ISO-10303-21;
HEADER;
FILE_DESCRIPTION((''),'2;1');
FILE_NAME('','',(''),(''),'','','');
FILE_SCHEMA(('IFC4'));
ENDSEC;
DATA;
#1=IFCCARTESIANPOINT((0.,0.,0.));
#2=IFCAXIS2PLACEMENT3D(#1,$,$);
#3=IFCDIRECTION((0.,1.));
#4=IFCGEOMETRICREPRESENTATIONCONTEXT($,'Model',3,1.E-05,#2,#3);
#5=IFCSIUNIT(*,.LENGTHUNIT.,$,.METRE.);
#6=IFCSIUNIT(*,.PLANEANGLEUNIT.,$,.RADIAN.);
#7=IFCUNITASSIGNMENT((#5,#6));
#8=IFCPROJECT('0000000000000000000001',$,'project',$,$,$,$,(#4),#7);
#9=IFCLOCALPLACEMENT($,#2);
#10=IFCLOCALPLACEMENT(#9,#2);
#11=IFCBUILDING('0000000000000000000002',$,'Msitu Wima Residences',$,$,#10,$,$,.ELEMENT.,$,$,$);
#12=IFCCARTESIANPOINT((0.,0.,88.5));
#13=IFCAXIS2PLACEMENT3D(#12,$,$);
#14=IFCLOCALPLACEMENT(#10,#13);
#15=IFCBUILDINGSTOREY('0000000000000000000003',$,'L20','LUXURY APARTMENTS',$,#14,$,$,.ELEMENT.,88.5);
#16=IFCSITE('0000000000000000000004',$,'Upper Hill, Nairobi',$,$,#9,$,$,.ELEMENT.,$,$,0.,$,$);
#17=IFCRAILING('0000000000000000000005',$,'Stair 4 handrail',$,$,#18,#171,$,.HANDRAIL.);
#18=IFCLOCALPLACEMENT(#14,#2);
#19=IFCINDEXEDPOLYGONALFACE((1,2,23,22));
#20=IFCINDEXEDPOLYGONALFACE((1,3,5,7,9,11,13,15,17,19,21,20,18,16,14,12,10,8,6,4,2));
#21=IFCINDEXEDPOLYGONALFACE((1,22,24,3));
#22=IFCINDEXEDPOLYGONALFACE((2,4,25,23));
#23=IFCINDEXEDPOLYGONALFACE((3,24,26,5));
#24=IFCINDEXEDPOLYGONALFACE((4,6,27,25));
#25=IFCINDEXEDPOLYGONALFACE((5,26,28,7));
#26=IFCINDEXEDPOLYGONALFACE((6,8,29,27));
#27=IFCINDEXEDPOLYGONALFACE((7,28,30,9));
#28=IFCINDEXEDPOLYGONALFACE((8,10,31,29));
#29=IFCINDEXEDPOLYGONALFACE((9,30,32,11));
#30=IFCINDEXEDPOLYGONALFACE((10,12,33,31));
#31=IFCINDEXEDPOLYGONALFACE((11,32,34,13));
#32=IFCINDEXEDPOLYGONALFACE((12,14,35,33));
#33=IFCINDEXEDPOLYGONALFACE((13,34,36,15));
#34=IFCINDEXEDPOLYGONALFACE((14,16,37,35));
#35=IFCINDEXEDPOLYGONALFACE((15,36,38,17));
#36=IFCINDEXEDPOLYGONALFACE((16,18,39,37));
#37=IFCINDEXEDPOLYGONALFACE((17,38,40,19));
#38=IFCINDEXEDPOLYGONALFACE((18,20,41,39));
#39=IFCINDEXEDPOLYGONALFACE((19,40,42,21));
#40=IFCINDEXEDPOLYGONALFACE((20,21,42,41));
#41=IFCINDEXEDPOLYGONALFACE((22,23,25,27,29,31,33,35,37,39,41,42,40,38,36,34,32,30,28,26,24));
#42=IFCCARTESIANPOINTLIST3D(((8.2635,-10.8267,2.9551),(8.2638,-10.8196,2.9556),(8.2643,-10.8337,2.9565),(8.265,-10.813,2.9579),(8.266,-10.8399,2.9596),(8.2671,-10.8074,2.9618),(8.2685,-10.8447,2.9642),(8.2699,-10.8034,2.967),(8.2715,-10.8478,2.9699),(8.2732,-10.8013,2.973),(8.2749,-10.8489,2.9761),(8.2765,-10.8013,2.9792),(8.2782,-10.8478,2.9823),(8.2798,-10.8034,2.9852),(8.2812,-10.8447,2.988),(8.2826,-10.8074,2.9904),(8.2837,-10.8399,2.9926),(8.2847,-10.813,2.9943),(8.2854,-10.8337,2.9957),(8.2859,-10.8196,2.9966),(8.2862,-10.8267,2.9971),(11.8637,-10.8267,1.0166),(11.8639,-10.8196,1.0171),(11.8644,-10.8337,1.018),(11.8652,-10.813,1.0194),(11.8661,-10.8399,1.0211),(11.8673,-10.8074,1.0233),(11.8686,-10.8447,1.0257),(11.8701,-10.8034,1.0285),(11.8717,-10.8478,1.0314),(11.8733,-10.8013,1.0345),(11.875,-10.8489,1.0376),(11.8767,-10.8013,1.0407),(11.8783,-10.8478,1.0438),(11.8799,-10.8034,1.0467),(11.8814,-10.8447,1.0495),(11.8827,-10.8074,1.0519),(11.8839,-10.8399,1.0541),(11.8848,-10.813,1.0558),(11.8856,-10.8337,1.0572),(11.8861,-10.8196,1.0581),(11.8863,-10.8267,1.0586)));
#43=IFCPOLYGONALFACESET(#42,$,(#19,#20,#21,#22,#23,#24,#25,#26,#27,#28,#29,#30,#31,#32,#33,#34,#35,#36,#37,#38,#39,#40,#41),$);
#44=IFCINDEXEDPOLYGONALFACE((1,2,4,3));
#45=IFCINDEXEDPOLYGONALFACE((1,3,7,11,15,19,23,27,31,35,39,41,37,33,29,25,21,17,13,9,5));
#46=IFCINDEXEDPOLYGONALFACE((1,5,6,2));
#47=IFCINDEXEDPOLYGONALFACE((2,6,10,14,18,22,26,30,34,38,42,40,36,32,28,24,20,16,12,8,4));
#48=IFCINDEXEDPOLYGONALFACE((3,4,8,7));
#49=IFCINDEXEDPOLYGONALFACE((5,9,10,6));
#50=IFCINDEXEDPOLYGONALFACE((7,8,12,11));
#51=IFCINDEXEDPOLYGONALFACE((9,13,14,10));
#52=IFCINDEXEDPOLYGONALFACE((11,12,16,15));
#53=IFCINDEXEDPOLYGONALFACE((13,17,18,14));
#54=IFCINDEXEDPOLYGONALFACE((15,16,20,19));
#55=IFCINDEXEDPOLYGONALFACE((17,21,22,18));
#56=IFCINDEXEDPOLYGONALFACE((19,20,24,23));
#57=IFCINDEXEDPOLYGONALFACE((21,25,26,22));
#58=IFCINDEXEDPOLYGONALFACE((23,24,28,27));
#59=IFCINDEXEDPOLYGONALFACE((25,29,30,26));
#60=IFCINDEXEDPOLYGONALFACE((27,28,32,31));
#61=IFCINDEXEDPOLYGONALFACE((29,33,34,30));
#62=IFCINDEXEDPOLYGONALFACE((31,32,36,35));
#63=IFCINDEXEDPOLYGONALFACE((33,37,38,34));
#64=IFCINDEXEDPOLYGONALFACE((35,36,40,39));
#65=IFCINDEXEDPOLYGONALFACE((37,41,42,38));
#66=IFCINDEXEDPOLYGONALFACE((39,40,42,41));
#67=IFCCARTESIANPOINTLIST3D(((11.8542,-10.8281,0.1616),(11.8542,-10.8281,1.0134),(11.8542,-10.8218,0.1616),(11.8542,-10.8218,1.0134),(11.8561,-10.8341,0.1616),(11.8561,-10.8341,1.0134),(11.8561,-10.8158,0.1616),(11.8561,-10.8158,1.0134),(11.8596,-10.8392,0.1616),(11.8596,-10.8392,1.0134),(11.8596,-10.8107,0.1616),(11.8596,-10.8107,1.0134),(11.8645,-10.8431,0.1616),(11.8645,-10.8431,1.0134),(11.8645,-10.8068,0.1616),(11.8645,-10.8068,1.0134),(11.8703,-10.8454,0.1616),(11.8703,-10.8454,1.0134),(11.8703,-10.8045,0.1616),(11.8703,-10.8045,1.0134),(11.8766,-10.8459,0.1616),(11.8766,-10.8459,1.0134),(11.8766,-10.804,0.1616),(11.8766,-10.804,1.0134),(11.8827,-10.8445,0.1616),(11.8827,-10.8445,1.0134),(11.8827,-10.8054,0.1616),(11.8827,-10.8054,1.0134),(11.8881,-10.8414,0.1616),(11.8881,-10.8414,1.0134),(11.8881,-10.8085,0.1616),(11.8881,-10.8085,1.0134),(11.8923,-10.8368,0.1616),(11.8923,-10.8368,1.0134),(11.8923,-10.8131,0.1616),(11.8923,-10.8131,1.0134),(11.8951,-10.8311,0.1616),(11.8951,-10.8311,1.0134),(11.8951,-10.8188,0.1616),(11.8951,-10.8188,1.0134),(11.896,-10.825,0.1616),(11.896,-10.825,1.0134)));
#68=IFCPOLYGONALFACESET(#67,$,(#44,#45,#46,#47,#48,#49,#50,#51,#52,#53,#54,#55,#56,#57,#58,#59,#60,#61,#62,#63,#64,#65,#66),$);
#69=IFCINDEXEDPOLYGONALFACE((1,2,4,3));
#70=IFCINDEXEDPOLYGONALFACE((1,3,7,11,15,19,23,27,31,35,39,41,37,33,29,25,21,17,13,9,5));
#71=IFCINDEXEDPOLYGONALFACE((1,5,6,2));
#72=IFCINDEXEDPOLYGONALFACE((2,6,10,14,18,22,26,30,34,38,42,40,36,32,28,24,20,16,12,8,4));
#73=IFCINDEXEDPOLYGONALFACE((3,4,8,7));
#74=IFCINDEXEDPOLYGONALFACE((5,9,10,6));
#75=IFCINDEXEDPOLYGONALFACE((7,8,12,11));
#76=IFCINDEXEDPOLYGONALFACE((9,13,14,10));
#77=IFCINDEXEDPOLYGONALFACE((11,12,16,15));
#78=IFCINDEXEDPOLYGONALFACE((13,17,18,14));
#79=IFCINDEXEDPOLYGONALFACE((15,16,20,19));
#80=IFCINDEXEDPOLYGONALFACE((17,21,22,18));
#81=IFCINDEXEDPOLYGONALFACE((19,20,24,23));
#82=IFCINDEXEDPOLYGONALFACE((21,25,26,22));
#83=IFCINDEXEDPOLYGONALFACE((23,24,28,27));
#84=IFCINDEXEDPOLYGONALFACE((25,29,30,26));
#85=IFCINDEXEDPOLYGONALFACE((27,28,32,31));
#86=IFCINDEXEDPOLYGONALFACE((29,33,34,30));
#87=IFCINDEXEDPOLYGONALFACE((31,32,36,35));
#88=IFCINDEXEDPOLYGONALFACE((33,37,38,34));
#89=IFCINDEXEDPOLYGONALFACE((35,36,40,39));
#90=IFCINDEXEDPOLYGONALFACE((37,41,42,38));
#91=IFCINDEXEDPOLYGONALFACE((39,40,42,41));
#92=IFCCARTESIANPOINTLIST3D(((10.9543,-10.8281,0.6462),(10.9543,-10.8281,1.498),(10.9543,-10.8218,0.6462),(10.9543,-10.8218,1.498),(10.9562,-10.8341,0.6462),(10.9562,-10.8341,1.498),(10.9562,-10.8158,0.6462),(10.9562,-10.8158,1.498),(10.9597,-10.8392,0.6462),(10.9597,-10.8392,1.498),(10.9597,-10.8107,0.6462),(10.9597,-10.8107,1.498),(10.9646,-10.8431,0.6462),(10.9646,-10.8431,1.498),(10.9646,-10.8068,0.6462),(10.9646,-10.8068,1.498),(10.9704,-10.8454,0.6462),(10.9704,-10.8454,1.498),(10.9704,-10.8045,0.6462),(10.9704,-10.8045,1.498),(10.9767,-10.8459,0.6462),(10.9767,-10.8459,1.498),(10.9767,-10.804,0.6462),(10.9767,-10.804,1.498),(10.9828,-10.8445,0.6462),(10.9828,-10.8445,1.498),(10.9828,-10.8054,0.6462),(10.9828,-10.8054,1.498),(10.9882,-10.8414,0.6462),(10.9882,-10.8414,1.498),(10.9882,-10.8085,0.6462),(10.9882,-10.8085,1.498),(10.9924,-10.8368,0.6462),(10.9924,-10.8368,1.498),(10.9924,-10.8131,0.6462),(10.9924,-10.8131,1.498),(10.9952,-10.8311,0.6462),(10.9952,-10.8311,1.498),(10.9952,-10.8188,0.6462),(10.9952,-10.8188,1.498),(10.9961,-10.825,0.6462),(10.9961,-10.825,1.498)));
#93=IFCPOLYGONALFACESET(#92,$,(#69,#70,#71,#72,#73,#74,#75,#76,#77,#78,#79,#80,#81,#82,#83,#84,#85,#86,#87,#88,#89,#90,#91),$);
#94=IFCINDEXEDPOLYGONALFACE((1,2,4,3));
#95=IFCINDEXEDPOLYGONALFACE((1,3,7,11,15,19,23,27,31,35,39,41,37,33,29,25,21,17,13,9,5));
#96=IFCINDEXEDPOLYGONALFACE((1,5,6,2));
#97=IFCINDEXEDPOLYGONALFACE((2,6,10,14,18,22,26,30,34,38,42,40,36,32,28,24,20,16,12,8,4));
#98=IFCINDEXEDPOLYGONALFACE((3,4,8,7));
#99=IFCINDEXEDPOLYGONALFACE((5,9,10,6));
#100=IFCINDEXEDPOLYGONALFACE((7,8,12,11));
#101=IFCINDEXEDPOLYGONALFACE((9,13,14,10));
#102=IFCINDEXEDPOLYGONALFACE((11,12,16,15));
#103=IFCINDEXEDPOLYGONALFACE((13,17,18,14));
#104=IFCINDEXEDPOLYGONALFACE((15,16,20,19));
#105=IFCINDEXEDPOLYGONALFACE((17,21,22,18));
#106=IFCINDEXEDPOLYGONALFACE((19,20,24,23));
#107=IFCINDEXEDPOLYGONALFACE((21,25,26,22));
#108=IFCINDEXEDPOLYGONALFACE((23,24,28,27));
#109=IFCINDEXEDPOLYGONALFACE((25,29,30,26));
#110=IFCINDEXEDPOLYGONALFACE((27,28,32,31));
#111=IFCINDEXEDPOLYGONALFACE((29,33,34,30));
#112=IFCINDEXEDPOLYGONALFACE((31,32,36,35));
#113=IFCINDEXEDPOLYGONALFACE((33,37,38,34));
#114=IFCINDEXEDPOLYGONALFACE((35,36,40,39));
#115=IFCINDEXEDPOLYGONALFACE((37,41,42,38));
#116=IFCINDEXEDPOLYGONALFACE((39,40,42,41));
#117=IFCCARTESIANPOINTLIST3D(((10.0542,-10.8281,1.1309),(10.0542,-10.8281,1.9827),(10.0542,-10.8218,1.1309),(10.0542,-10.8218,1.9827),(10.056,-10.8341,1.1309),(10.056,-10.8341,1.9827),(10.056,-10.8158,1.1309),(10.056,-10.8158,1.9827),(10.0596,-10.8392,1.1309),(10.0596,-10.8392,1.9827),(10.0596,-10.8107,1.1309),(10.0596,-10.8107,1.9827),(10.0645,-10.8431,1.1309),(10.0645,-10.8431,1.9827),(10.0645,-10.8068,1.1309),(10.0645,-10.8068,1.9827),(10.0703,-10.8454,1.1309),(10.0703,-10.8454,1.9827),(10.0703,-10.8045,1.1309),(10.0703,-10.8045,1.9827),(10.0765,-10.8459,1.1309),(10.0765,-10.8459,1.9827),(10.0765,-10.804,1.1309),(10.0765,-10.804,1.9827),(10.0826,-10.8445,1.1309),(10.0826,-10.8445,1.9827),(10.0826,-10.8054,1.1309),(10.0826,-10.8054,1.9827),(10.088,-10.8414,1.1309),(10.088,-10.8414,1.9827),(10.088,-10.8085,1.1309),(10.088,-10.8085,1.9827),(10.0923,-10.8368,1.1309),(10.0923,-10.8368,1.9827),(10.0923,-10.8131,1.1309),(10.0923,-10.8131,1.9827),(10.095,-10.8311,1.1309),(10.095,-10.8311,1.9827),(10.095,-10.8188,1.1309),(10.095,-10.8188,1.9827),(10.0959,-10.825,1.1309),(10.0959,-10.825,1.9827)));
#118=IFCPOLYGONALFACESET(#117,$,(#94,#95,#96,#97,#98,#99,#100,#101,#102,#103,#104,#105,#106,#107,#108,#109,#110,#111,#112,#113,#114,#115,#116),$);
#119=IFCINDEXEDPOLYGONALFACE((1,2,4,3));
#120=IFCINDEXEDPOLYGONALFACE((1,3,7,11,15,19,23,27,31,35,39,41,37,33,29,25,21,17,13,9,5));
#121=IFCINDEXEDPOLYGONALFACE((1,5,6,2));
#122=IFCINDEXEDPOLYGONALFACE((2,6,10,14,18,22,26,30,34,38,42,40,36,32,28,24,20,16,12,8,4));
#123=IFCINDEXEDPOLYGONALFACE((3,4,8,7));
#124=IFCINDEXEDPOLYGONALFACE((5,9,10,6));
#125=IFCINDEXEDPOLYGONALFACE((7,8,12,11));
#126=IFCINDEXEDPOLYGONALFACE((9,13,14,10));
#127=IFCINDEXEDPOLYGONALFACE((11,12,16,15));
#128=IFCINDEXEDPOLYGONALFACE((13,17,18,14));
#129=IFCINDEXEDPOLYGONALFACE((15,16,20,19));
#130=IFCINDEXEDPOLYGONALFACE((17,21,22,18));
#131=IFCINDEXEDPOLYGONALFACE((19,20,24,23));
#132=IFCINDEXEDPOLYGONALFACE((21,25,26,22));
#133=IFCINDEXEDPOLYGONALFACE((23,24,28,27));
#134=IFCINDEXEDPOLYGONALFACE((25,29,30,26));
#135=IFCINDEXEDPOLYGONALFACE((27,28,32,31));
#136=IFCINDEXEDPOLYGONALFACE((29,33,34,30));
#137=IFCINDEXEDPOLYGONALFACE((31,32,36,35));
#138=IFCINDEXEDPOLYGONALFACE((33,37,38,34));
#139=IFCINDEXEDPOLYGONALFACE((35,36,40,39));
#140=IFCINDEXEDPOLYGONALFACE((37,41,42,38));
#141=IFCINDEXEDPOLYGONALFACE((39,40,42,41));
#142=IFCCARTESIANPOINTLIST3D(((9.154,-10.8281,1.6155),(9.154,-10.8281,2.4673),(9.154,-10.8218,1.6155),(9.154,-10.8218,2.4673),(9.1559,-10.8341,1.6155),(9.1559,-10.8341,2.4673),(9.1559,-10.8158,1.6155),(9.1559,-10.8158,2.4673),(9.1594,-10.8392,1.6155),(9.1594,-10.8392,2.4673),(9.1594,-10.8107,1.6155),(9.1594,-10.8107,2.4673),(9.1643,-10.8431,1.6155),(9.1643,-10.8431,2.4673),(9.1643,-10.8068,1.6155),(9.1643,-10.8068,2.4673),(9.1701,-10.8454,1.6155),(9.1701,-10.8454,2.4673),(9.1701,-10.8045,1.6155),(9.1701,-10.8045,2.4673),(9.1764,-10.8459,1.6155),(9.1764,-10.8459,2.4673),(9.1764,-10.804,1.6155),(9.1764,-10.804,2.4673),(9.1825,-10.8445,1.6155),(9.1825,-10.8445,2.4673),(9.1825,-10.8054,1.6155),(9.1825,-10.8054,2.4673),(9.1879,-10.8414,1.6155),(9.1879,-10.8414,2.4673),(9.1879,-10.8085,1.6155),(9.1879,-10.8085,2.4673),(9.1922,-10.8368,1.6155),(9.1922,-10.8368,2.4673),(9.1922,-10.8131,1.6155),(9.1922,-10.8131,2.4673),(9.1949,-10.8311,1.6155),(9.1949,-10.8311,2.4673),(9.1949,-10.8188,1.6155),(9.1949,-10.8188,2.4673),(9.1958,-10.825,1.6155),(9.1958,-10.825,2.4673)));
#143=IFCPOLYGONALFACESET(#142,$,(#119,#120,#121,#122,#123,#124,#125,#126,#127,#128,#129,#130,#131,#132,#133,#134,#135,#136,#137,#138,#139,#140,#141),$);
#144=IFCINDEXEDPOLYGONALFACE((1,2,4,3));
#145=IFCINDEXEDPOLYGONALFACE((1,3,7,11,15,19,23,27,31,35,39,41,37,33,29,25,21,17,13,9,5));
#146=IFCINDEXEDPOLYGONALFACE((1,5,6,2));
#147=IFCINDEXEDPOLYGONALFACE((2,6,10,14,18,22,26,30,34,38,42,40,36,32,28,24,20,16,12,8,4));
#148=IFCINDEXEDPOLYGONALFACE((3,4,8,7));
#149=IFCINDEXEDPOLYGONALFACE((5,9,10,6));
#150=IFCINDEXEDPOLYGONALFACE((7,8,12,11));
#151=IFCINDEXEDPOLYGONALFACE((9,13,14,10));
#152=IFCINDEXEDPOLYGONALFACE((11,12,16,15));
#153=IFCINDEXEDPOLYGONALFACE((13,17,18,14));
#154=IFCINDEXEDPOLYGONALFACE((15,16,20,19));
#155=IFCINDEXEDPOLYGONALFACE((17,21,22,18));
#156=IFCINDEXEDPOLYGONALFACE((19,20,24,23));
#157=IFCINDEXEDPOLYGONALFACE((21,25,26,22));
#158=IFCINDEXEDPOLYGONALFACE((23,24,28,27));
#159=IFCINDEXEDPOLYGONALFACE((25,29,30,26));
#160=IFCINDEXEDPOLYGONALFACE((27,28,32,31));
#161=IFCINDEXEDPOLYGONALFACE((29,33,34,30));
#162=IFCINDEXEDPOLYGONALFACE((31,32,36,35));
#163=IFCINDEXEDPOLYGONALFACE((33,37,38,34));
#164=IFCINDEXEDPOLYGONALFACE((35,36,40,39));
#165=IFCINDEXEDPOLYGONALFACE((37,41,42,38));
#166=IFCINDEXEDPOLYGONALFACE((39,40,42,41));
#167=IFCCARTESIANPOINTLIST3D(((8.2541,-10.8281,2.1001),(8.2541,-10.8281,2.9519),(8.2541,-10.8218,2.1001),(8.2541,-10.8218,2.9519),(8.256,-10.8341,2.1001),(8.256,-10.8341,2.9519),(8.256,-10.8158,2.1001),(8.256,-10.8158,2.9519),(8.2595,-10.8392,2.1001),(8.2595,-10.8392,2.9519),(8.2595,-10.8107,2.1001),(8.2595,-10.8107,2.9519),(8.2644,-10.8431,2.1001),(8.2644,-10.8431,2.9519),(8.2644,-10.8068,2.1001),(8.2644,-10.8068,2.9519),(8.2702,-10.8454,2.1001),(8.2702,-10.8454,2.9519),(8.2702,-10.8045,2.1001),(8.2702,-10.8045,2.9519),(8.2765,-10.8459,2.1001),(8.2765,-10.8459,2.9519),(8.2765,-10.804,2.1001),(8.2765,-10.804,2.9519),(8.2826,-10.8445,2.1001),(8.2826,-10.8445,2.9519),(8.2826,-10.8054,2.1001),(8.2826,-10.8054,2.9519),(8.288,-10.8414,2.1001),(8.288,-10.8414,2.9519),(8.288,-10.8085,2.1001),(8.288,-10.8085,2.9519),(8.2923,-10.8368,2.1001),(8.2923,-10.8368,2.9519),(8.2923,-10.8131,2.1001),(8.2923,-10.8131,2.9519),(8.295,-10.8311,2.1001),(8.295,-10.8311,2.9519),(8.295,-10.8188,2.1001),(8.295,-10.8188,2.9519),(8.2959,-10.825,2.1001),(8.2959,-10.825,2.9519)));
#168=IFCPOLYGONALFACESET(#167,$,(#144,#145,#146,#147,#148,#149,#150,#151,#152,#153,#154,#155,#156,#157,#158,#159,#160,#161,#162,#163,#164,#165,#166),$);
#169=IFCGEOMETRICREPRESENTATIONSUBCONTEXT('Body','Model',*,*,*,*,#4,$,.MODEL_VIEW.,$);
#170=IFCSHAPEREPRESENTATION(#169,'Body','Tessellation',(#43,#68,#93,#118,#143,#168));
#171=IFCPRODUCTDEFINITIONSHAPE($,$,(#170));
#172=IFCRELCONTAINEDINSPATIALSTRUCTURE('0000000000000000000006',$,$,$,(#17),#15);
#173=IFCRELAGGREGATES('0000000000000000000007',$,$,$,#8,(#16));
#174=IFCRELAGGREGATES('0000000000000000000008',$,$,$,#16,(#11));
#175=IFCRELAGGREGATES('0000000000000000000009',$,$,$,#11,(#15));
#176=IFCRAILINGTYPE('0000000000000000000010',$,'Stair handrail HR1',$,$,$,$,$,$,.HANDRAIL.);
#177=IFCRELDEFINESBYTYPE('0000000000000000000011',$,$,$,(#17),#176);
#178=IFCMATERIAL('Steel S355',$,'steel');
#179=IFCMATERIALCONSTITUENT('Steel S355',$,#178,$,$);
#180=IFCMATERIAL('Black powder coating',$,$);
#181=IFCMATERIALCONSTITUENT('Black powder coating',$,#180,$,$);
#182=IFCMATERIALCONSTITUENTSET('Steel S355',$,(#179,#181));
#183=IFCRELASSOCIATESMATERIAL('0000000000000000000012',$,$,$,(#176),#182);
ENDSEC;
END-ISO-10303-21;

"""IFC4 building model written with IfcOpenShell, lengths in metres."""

from ifc_helpers import new_model, si_unit, direction, frame, origin, origin_2d, place, context, subcontext, project, spatial, circle, extrude, material, constituent, constituent_set, type_object, element, save


model = new_model("IFC4")

# Units and contexts
model_context = context("Model", 3, precision=1e-05, world=origin(), true_north=direction((0.0, 1.0)))
body_context = subcontext(model_context, "Body", "Model", "MODEL_VIEW")
ifc_project = project(units=[si_unit("LENGTHUNIT", "METRE"), si_unit("PLANEANGLEUNIT", "RADIAN")], contexts=[model_context])

# Site, building, storey
site_placement = place(None, origin())
site = spatial("IfcSite", under=ifc_project, at=site_placement, Name="Upper Hill, Nairobi", CompositionType="ELEMENT", RefElevation=0.0)
building_placement = place(site_placement, origin())
building = spatial("IfcBuilding", under=site, at=building_placement, Name="Msitu Wima Residences", CompositionType="ELEMENT")
storey_placement = place(building_placement, frame((0.0, 0.0, 88.5)))
storey = spatial("IfcBuildingStorey", under=building, at=storey_placement, Name="L20", Description="LUXURY APARTMENTS", CompositionType="ELEMENT", Elevation=88.5)

# Railing
ifc_material_1 = material(Name="Steel S355", Category="steel")
ifc_constituent_1 = constituent(ifc_material_1, Name="Steel S355")
ifc_material_2 = material(Name="Black powder coating")
ifc_constituent_2 = constituent(ifc_material_2, Name="Black powder coating")
ifc_constituent_set = constituent_set(constituents=[ifc_constituent_1, ifc_constituent_2], Name="Steel S355")
railing_type = type_object("IfcRailingType", Name="Stair handrail HR1", PredefinedType="HANDRAIL", material=ifc_constituent_set)
for number, where, name in (
    (1, (11.875, -10.825, 0.1616), "Stair 4 handrail"),
):
    element("IfcRailing", number, at=place(storey_placement, frame(where)), inside=storey, type_object=railing_type, Name=name, PredefinedType="HANDRAIL", context=body_context, shape_type="SweptSolid", body=[
        extrude(circle(Radius=0.0239, at=origin_2d()), frame((0.0, 0.0, 0.876), z_axis=(-0.880475, 0.0, 0.474093), x_axis=(0.0, -1.0, 0.0)), (0.0, 0.0, 1.0), 4.0889),
        extrude(circle(Radius=0.021, at=origin_2d()), origin(), (0.0, 0.0, 1.0), 0.8518),
        extrude(circle(Radius=0.021, at=origin_2d()), frame((-0.8999, 0.0, 0.4846)), (0.0, 0.0, 1.0), 0.8518),
        extrude(circle(Radius=0.021, at=origin_2d()), frame((-1.8, 0.0, 0.9692)), (0.0, 0.0, 1.0), 0.8518),
        extrude(circle(Radius=0.021, at=origin_2d()), frame((-2.7002, 0.0, 1.4539)), (0.0, 0.0, 1.0), 0.8518),
        extrude(circle(Radius=0.021, at=origin_2d()), frame((-3.6001, 0.0, 1.9385)), (0.0, 0.0, 1.0), 0.8518),
    ])

save(model, "model.ifc")
